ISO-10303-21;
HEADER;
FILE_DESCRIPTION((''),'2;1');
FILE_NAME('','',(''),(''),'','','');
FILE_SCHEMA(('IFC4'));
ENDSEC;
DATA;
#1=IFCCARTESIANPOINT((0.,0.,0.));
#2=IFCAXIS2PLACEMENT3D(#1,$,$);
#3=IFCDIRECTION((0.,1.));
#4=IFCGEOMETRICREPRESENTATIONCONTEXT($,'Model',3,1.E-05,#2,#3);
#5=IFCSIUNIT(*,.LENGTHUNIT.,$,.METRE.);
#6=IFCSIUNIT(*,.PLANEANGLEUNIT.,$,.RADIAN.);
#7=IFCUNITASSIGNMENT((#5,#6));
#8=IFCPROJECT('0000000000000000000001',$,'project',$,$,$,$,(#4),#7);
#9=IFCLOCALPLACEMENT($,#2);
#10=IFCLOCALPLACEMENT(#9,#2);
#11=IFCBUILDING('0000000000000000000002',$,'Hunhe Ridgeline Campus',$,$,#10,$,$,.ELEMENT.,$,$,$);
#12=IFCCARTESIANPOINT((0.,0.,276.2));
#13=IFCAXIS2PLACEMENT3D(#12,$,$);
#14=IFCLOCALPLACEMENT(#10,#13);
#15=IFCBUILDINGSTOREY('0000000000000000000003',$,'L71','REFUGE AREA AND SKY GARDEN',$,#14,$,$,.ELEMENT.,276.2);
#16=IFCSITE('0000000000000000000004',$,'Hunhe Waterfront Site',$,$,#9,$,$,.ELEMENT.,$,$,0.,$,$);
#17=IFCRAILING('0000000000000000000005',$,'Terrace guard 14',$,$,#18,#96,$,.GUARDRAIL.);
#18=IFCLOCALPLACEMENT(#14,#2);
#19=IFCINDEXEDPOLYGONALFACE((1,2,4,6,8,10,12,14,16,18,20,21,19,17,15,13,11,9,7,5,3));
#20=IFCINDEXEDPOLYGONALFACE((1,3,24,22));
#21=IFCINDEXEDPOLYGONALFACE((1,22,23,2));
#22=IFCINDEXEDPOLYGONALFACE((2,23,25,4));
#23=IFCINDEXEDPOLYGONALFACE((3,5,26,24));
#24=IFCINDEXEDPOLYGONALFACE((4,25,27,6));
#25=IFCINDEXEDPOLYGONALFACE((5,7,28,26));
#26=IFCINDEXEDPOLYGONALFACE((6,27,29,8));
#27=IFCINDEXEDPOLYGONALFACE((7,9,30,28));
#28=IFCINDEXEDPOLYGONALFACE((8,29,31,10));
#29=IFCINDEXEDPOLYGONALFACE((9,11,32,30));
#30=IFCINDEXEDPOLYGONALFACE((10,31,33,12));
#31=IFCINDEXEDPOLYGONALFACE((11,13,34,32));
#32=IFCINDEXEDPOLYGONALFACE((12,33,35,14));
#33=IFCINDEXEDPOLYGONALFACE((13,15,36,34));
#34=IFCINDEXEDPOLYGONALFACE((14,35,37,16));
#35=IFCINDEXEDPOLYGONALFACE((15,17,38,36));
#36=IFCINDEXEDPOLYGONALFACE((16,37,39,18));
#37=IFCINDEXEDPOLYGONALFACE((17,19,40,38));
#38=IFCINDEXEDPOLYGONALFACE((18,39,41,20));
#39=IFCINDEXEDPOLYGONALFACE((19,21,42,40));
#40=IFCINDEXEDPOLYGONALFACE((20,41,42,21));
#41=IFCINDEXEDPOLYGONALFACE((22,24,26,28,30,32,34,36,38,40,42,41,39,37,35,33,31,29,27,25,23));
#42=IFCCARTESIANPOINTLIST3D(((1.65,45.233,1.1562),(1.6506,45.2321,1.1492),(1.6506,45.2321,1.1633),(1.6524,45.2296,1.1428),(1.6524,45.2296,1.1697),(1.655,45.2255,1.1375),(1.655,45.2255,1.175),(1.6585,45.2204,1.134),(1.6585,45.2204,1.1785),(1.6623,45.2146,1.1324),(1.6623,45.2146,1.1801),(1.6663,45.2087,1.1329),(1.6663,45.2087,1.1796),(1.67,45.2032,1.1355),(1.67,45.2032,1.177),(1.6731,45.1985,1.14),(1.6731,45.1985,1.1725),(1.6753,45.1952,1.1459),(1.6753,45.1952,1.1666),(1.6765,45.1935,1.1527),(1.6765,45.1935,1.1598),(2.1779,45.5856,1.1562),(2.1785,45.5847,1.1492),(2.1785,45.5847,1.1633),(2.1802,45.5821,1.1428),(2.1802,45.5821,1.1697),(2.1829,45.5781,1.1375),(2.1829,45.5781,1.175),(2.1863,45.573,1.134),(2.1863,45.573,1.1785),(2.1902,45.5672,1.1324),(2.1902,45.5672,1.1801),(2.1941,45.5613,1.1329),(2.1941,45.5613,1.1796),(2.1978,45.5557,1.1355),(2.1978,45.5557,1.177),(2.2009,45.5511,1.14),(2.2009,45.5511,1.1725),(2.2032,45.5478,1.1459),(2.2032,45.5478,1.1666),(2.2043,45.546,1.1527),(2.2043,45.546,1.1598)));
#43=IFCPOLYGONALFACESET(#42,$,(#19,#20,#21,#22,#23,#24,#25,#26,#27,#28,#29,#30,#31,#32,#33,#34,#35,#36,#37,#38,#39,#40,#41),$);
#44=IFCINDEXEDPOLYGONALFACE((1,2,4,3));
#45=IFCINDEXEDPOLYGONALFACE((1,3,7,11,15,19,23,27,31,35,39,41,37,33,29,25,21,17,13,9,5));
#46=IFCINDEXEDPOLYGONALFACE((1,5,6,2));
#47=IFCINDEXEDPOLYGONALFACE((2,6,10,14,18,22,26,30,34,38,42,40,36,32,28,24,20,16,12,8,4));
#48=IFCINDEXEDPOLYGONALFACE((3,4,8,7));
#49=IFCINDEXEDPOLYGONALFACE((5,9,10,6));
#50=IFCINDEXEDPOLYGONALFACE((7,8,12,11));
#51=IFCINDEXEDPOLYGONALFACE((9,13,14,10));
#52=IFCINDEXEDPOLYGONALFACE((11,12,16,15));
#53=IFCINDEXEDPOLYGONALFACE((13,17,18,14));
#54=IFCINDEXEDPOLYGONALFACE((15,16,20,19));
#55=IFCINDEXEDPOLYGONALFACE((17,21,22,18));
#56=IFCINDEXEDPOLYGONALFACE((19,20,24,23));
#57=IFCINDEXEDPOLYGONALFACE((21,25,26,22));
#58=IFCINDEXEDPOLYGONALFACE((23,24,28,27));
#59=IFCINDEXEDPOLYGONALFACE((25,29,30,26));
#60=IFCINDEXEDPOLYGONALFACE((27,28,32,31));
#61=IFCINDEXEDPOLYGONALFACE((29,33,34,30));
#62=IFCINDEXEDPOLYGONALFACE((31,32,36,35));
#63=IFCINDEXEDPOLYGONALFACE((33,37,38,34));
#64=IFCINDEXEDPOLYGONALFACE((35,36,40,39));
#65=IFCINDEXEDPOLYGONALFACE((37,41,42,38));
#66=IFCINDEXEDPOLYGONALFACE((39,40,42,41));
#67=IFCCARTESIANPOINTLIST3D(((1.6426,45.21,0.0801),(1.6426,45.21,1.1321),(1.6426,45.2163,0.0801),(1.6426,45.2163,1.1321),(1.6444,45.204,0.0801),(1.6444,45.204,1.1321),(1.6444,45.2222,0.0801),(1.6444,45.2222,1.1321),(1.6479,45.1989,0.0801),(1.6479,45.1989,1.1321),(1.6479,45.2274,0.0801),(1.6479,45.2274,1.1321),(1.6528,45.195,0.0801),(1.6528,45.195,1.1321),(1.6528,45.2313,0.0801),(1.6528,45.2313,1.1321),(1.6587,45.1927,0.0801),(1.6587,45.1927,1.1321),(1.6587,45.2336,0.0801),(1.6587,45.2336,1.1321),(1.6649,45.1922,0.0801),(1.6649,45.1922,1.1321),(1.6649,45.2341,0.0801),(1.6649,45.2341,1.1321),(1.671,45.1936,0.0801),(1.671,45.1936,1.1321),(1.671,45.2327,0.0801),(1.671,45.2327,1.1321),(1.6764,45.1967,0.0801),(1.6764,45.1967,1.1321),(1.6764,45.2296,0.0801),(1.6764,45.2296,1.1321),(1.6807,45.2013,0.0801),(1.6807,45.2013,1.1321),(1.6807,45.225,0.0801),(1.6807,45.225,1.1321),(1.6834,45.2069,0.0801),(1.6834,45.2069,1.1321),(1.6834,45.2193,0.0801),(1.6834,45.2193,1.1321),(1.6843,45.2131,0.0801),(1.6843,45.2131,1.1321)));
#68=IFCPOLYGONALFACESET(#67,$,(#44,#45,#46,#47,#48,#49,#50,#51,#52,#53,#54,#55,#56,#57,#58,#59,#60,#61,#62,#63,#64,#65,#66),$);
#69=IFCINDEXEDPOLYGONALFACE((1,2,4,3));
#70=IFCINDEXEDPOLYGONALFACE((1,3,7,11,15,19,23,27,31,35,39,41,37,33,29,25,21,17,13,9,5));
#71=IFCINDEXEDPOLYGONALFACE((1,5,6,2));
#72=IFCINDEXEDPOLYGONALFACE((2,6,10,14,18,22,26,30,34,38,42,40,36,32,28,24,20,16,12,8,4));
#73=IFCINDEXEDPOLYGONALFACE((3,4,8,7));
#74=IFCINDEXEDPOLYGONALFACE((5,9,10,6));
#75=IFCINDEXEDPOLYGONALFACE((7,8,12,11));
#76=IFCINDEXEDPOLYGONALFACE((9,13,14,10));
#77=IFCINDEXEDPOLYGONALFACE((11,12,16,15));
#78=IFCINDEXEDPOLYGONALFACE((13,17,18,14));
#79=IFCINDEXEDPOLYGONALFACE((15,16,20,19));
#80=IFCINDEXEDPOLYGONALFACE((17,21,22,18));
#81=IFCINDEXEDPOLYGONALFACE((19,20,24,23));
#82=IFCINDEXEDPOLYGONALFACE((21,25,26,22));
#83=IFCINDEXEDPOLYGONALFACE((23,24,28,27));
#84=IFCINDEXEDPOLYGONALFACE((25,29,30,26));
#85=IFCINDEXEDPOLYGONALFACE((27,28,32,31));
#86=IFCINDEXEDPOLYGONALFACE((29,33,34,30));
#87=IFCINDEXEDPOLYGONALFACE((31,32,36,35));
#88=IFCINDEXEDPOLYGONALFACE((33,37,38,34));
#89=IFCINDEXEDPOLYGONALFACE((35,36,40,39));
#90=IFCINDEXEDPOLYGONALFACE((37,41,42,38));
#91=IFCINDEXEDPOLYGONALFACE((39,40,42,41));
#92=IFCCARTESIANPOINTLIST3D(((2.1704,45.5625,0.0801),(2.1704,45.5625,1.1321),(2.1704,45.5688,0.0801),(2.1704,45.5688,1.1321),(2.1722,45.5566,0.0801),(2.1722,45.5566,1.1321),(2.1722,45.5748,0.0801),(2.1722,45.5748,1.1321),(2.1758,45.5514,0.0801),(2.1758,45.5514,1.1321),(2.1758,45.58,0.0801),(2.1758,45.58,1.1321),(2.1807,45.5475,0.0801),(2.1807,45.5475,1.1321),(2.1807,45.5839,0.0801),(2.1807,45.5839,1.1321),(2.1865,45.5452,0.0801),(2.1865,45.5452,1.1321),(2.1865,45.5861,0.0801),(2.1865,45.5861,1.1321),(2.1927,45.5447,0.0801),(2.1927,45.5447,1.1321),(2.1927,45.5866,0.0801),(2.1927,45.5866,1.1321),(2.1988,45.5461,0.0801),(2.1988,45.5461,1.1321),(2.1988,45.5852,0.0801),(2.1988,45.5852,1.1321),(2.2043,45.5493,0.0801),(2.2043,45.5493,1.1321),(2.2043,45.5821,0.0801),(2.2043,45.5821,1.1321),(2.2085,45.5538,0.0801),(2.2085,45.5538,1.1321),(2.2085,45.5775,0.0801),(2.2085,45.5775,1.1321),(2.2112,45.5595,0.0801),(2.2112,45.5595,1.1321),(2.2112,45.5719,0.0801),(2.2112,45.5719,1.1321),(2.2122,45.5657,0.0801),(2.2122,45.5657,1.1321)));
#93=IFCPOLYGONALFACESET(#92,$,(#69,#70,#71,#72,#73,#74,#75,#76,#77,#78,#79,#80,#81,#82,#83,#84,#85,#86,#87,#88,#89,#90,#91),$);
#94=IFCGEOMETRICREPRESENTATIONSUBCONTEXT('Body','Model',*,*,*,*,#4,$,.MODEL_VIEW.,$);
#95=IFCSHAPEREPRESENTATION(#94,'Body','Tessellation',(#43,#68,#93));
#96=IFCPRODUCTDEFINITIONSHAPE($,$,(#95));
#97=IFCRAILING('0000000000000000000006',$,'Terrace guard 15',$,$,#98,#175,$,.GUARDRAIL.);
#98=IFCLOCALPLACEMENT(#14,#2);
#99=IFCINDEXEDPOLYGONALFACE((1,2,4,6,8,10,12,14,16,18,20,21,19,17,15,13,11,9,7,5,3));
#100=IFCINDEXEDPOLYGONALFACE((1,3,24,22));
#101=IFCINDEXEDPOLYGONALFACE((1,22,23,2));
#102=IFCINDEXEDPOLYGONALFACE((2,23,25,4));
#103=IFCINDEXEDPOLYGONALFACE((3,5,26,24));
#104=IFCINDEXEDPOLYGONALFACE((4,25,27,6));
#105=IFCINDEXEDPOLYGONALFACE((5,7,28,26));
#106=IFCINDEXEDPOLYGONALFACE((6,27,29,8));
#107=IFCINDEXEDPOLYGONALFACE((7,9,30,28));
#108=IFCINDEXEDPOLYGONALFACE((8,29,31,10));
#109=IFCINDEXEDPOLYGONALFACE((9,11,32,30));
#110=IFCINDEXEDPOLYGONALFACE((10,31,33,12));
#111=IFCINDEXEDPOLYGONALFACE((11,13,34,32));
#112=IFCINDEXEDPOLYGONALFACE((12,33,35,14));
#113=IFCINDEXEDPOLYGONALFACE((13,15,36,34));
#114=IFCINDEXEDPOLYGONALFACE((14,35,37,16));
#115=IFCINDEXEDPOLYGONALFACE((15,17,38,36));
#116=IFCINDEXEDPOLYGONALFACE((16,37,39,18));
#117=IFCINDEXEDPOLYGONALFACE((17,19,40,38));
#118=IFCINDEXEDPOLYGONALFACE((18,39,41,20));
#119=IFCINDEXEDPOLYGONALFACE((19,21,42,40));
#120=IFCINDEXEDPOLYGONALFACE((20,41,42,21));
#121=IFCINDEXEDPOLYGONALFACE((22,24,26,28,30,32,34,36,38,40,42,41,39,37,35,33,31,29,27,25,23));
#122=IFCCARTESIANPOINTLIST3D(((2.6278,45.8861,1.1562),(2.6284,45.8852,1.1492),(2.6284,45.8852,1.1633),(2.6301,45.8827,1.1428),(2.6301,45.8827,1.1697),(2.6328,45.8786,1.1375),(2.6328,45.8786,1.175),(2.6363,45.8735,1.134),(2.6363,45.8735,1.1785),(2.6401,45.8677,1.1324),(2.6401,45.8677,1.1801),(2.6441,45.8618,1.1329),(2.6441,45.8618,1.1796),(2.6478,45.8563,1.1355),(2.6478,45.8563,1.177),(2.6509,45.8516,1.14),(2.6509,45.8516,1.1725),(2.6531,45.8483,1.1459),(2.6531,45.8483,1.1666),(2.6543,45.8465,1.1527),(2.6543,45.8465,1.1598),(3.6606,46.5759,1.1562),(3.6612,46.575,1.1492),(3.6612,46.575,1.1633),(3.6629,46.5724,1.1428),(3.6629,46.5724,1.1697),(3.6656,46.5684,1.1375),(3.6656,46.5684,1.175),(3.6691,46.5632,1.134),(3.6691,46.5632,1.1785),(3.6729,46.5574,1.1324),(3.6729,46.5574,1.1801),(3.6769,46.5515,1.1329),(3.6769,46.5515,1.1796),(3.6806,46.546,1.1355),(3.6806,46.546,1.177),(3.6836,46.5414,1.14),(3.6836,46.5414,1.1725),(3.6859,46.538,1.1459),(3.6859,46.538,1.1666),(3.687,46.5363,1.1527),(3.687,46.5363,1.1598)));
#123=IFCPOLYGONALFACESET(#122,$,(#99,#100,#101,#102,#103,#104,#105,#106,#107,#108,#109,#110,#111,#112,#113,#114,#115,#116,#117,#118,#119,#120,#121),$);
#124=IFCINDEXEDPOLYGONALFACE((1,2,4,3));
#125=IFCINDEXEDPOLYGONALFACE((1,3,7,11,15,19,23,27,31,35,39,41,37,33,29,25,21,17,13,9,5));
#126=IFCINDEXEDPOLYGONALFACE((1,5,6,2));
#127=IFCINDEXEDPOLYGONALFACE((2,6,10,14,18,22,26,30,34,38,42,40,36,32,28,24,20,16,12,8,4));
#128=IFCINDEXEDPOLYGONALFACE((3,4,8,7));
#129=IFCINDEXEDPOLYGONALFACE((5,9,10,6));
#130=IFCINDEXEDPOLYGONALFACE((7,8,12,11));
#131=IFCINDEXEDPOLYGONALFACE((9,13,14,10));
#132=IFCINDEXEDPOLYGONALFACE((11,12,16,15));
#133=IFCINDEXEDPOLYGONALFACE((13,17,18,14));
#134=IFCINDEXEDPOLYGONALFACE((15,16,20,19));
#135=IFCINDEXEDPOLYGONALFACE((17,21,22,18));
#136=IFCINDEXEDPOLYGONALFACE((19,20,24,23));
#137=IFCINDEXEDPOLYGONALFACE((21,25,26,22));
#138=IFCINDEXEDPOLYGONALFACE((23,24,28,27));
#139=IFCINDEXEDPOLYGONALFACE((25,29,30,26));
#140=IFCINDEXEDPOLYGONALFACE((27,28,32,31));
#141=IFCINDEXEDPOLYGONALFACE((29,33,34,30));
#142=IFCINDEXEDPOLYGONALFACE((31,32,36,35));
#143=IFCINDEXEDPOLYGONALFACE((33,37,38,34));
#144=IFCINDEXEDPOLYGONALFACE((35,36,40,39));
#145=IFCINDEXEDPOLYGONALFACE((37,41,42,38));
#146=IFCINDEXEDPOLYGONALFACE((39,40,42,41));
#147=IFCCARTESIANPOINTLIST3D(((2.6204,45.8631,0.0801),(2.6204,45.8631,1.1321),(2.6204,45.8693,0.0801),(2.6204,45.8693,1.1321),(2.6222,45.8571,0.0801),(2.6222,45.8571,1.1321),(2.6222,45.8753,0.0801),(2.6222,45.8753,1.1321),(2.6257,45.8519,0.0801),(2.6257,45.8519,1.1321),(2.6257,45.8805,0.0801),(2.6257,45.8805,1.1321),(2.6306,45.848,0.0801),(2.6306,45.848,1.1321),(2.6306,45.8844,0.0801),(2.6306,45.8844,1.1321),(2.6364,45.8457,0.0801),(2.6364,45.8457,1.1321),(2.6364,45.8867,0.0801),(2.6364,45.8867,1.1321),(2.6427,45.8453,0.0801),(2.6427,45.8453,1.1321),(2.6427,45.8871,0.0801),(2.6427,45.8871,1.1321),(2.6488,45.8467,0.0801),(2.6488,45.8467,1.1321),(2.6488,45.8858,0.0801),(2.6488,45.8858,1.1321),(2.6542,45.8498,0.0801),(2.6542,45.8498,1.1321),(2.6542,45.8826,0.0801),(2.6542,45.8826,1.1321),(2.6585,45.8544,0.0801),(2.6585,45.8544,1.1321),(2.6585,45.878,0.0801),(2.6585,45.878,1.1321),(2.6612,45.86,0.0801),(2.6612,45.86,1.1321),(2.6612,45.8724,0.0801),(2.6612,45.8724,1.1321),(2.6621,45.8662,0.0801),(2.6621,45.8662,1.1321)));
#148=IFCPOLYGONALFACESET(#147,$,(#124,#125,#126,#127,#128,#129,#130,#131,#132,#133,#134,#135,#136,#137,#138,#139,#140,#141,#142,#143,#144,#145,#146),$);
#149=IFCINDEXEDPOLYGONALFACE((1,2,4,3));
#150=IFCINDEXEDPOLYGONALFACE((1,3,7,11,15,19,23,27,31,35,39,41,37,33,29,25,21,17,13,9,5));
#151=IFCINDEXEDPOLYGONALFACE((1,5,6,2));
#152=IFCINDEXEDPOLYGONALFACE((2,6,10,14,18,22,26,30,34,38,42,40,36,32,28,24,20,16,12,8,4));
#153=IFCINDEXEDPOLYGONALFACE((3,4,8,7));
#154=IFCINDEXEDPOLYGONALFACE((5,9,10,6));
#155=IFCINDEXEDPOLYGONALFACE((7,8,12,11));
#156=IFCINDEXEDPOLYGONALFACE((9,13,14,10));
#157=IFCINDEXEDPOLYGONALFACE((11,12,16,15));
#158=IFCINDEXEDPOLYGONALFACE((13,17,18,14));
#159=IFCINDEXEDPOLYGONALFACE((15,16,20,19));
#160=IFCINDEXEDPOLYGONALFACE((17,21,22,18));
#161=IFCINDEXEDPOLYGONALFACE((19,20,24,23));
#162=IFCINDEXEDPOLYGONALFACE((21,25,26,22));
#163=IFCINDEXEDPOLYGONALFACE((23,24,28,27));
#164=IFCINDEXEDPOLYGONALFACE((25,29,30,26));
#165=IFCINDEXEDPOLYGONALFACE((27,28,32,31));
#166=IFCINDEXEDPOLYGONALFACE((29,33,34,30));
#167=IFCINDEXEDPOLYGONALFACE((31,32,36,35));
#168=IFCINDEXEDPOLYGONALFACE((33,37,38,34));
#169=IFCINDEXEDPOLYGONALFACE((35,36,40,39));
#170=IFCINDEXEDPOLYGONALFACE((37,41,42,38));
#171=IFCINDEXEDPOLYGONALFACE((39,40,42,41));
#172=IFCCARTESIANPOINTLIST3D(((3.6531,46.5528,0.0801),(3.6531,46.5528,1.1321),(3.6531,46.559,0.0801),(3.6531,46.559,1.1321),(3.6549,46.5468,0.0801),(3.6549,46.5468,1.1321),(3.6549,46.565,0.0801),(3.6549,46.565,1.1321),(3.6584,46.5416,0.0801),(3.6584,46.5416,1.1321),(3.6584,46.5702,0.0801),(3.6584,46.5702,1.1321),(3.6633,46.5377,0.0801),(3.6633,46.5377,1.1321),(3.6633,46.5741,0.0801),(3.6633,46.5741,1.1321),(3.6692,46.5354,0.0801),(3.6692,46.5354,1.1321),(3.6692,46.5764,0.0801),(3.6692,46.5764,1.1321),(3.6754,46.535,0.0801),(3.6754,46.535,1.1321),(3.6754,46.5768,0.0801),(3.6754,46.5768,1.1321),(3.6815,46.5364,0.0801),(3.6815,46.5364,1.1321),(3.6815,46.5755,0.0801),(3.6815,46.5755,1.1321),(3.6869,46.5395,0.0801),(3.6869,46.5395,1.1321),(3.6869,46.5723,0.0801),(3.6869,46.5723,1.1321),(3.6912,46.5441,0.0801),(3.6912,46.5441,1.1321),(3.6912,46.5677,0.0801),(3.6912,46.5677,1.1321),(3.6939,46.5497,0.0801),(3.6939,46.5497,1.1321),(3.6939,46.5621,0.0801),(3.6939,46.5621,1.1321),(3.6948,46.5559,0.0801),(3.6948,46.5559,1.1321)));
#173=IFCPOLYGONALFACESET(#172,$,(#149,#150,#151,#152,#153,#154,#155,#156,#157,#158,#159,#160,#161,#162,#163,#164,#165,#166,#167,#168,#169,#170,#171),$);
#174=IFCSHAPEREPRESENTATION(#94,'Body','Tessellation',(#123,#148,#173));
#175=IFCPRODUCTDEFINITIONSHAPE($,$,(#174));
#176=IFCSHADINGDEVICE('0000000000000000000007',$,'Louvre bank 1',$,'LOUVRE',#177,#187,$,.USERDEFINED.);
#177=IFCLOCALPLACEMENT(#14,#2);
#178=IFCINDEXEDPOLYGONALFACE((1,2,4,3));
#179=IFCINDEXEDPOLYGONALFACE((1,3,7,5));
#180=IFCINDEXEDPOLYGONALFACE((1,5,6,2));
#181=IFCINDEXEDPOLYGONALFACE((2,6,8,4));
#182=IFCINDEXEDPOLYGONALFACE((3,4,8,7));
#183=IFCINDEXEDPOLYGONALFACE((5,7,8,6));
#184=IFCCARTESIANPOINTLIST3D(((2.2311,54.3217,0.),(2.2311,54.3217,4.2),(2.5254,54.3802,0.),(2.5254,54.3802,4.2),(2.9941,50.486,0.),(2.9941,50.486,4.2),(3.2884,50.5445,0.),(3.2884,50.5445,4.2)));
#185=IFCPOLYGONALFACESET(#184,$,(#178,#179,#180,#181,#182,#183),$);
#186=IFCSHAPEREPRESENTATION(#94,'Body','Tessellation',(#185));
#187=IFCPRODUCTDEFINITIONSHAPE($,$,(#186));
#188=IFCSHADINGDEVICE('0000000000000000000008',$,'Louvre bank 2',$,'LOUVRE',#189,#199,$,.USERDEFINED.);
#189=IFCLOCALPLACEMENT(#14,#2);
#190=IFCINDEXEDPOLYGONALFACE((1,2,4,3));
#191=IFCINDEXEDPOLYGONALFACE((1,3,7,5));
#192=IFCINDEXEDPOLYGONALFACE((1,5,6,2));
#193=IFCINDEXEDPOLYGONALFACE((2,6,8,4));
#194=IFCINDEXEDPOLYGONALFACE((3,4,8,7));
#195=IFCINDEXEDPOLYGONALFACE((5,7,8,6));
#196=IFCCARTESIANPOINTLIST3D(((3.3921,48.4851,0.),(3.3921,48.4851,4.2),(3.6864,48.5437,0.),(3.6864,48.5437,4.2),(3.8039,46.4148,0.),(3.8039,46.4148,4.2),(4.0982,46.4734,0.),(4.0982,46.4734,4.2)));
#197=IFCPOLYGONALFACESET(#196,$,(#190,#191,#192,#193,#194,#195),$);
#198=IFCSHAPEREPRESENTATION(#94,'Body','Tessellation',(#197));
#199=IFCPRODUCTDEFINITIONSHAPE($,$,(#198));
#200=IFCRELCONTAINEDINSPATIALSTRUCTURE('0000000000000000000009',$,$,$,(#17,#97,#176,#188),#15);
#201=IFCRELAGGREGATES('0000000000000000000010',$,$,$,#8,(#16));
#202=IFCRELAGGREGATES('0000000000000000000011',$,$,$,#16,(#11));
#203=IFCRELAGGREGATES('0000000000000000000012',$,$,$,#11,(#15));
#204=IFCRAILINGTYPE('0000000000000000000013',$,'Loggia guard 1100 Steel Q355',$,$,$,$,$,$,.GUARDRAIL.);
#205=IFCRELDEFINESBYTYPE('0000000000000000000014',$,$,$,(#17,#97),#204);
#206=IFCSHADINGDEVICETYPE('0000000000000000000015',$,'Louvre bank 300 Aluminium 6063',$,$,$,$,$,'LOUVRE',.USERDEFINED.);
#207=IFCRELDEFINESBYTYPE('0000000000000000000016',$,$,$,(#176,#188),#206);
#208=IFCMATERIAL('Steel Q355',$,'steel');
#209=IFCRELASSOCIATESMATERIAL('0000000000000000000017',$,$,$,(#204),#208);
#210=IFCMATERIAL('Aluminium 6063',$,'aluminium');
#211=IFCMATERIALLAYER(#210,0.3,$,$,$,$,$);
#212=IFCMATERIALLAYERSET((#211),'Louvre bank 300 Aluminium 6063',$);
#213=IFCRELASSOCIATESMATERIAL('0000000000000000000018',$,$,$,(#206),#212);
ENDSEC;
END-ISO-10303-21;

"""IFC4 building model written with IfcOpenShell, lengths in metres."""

from ifc_helpers import new_model, si_unit, direction, frame, origin, origin_2d, place, context, subcontext, project, spatial, rectangle, circle, extrude, material, layer, layer_set, type_object, element, save


model = new_model("IFC4")

# Units and contexts
model_context = context("Model", 3, precision=1e-05, world=origin(), true_north=direction((0.0, 1.0)))
body_context = subcontext(model_context, "Body", "Model", "MODEL_VIEW")
ifc_project = project(units=[si_unit("LENGTHUNIT", "METRE"), si_unit("PLANEANGLEUNIT", "RADIAN")], contexts=[model_context])

# Site, building, storey
site_placement = place(None, origin())
site = spatial("IfcSite", under=ifc_project, at=site_placement, Name="Hunhe Waterfront Site", CompositionType="ELEMENT", RefElevation=0.0)
building_placement = place(site_placement, origin())
building = spatial("IfcBuilding", under=site, at=building_placement, Name="Hunhe Ridgeline Campus", CompositionType="ELEMENT")
storey_placement = place(building_placement, frame((0.0, 0.0, 276.2)))
storey = spatial("IfcBuildingStorey", under=building, at=storey_placement, Name="L71", Description="REFUGE AREA AND SKY GARDEN", CompositionType="ELEMENT", Elevation=276.2)

# Shared definitions
ifc_material_1 = material(Name="Aluminium 6063", Category="aluminium")

# Railings
ifc_material_2 = material(Name="Steel Q355", Category="steel")
railing_type = type_object("IfcRailingType", Name="Loggia guard 1100 Steel Q355", PredefinedType="GUARDRAIL", material=ifc_material_2)
railing_1_placement = place(storey_placement, frame((1.6633, 45.2131, 0.0801)))
element("IfcRailing", 1, at=railing_1_placement, inside=storey, type_object=railing_type, Name="Terrace guard 14", PredefinedType="GUARDRAIL", context=body_context, shape_type="SweptSolid", body=[
    extrude(circle(Radius=0.0239, at=origin_2d()), frame((0.0, 0.0, 1.0762), z_axis=(0.831577, 0.55541, 0.0), x_axis=(-0.55541, 0.831577, 0.0)), (0.0, 0.0, 1.0), 0.6348),
    extrude(circle(Radius=0.021, at=origin_2d()), origin(), (0.0, 0.0, 1.0), 1.052),
    extrude(circle(Radius=0.021, at=origin_2d()), frame((0.5278, 0.3525, 0.0)), (0.0, 0.0, 1.0), 1.052),
])
railing_2_placement = place(storey_placement, frame((2.6411, 45.8662, 0.0801)))
element("IfcRailing", 2, at=railing_2_placement, inside=storey, type_object=railing_type, Name="Terrace guard 15", PredefinedType="GUARDRAIL", context=body_context, shape_type="SweptSolid", body=[
    extrude(circle(Radius=0.0239, at=origin_2d()), frame((0.0, 0.0, 1.0762), z_axis=(0.831596, 0.555381, 0.0), x_axis=(-0.555381, 0.831596, 0.0)), (0.0, 0.0, 1.0), 1.2419),
    extrude(circle(Radius=0.021, at=origin_2d()), origin(), (0.0, 0.0, 1.0), 1.052),
    extrude(circle(Radius=0.021, at=origin_2d()), frame((1.0327, 0.6897, 0.0)), (0.0, 0.0, 1.0), 1.052),
])

# Shading devices
ifc_layer_1 = layer(ifc_material_1, 0.3)
ifc_layer_set_1 = layer_set([ifc_layer_1], Name="Louvre bank 300 Aluminium 6063")
shading_device_type = type_object("IfcShadingDeviceType", Name="Louvre bank 300 Aluminium 6063", ElementType="LOUVRE", PredefinedType="USERDEFINED", material=ifc_layer_set_1)
shading_device_1_placement = place(storey_placement, frame((2.7598, 52.4331, 0.0), z_axis=(0.0, 0.0, 1.0), x_axis=(0.195095, -0.980784, 0.0)))
element("IfcShadingDevice", 3, at=shading_device_1_placement, inside=storey, type_object=shading_device_type, Name="Louvre bank 1", ObjectType="LOUVRE", PredefinedType="USERDEFINED", context=body_context, shape_type="SweptSolid", body=[
    extrude(rectangle(XDim=3.9109, YDim=0.3, at=origin_2d()), origin(), (0.0, 0.0, 1.0), 4.2),
])
shading_device_2_placement = place(storey_placement, frame((3.7451, 47.4792, 0.0), z_axis=(0.0, 0.0, 1.0), x_axis=(0.195095, -0.980784, 0.0)))
element("IfcShadingDevice", 4, at=shading_device_2_placement, inside=storey, type_object=shading_device_type, Name="Louvre bank 2", ObjectType="LOUVRE", PredefinedType="USERDEFINED", context=body_context, shape_type="SweptSolid", body=[
    extrude(rectangle(XDim=2.1108, YDim=0.3, at=origin_2d()), origin(), (0.0, 0.0, 1.0), 4.2),
])

save(model, "model.ifc")
